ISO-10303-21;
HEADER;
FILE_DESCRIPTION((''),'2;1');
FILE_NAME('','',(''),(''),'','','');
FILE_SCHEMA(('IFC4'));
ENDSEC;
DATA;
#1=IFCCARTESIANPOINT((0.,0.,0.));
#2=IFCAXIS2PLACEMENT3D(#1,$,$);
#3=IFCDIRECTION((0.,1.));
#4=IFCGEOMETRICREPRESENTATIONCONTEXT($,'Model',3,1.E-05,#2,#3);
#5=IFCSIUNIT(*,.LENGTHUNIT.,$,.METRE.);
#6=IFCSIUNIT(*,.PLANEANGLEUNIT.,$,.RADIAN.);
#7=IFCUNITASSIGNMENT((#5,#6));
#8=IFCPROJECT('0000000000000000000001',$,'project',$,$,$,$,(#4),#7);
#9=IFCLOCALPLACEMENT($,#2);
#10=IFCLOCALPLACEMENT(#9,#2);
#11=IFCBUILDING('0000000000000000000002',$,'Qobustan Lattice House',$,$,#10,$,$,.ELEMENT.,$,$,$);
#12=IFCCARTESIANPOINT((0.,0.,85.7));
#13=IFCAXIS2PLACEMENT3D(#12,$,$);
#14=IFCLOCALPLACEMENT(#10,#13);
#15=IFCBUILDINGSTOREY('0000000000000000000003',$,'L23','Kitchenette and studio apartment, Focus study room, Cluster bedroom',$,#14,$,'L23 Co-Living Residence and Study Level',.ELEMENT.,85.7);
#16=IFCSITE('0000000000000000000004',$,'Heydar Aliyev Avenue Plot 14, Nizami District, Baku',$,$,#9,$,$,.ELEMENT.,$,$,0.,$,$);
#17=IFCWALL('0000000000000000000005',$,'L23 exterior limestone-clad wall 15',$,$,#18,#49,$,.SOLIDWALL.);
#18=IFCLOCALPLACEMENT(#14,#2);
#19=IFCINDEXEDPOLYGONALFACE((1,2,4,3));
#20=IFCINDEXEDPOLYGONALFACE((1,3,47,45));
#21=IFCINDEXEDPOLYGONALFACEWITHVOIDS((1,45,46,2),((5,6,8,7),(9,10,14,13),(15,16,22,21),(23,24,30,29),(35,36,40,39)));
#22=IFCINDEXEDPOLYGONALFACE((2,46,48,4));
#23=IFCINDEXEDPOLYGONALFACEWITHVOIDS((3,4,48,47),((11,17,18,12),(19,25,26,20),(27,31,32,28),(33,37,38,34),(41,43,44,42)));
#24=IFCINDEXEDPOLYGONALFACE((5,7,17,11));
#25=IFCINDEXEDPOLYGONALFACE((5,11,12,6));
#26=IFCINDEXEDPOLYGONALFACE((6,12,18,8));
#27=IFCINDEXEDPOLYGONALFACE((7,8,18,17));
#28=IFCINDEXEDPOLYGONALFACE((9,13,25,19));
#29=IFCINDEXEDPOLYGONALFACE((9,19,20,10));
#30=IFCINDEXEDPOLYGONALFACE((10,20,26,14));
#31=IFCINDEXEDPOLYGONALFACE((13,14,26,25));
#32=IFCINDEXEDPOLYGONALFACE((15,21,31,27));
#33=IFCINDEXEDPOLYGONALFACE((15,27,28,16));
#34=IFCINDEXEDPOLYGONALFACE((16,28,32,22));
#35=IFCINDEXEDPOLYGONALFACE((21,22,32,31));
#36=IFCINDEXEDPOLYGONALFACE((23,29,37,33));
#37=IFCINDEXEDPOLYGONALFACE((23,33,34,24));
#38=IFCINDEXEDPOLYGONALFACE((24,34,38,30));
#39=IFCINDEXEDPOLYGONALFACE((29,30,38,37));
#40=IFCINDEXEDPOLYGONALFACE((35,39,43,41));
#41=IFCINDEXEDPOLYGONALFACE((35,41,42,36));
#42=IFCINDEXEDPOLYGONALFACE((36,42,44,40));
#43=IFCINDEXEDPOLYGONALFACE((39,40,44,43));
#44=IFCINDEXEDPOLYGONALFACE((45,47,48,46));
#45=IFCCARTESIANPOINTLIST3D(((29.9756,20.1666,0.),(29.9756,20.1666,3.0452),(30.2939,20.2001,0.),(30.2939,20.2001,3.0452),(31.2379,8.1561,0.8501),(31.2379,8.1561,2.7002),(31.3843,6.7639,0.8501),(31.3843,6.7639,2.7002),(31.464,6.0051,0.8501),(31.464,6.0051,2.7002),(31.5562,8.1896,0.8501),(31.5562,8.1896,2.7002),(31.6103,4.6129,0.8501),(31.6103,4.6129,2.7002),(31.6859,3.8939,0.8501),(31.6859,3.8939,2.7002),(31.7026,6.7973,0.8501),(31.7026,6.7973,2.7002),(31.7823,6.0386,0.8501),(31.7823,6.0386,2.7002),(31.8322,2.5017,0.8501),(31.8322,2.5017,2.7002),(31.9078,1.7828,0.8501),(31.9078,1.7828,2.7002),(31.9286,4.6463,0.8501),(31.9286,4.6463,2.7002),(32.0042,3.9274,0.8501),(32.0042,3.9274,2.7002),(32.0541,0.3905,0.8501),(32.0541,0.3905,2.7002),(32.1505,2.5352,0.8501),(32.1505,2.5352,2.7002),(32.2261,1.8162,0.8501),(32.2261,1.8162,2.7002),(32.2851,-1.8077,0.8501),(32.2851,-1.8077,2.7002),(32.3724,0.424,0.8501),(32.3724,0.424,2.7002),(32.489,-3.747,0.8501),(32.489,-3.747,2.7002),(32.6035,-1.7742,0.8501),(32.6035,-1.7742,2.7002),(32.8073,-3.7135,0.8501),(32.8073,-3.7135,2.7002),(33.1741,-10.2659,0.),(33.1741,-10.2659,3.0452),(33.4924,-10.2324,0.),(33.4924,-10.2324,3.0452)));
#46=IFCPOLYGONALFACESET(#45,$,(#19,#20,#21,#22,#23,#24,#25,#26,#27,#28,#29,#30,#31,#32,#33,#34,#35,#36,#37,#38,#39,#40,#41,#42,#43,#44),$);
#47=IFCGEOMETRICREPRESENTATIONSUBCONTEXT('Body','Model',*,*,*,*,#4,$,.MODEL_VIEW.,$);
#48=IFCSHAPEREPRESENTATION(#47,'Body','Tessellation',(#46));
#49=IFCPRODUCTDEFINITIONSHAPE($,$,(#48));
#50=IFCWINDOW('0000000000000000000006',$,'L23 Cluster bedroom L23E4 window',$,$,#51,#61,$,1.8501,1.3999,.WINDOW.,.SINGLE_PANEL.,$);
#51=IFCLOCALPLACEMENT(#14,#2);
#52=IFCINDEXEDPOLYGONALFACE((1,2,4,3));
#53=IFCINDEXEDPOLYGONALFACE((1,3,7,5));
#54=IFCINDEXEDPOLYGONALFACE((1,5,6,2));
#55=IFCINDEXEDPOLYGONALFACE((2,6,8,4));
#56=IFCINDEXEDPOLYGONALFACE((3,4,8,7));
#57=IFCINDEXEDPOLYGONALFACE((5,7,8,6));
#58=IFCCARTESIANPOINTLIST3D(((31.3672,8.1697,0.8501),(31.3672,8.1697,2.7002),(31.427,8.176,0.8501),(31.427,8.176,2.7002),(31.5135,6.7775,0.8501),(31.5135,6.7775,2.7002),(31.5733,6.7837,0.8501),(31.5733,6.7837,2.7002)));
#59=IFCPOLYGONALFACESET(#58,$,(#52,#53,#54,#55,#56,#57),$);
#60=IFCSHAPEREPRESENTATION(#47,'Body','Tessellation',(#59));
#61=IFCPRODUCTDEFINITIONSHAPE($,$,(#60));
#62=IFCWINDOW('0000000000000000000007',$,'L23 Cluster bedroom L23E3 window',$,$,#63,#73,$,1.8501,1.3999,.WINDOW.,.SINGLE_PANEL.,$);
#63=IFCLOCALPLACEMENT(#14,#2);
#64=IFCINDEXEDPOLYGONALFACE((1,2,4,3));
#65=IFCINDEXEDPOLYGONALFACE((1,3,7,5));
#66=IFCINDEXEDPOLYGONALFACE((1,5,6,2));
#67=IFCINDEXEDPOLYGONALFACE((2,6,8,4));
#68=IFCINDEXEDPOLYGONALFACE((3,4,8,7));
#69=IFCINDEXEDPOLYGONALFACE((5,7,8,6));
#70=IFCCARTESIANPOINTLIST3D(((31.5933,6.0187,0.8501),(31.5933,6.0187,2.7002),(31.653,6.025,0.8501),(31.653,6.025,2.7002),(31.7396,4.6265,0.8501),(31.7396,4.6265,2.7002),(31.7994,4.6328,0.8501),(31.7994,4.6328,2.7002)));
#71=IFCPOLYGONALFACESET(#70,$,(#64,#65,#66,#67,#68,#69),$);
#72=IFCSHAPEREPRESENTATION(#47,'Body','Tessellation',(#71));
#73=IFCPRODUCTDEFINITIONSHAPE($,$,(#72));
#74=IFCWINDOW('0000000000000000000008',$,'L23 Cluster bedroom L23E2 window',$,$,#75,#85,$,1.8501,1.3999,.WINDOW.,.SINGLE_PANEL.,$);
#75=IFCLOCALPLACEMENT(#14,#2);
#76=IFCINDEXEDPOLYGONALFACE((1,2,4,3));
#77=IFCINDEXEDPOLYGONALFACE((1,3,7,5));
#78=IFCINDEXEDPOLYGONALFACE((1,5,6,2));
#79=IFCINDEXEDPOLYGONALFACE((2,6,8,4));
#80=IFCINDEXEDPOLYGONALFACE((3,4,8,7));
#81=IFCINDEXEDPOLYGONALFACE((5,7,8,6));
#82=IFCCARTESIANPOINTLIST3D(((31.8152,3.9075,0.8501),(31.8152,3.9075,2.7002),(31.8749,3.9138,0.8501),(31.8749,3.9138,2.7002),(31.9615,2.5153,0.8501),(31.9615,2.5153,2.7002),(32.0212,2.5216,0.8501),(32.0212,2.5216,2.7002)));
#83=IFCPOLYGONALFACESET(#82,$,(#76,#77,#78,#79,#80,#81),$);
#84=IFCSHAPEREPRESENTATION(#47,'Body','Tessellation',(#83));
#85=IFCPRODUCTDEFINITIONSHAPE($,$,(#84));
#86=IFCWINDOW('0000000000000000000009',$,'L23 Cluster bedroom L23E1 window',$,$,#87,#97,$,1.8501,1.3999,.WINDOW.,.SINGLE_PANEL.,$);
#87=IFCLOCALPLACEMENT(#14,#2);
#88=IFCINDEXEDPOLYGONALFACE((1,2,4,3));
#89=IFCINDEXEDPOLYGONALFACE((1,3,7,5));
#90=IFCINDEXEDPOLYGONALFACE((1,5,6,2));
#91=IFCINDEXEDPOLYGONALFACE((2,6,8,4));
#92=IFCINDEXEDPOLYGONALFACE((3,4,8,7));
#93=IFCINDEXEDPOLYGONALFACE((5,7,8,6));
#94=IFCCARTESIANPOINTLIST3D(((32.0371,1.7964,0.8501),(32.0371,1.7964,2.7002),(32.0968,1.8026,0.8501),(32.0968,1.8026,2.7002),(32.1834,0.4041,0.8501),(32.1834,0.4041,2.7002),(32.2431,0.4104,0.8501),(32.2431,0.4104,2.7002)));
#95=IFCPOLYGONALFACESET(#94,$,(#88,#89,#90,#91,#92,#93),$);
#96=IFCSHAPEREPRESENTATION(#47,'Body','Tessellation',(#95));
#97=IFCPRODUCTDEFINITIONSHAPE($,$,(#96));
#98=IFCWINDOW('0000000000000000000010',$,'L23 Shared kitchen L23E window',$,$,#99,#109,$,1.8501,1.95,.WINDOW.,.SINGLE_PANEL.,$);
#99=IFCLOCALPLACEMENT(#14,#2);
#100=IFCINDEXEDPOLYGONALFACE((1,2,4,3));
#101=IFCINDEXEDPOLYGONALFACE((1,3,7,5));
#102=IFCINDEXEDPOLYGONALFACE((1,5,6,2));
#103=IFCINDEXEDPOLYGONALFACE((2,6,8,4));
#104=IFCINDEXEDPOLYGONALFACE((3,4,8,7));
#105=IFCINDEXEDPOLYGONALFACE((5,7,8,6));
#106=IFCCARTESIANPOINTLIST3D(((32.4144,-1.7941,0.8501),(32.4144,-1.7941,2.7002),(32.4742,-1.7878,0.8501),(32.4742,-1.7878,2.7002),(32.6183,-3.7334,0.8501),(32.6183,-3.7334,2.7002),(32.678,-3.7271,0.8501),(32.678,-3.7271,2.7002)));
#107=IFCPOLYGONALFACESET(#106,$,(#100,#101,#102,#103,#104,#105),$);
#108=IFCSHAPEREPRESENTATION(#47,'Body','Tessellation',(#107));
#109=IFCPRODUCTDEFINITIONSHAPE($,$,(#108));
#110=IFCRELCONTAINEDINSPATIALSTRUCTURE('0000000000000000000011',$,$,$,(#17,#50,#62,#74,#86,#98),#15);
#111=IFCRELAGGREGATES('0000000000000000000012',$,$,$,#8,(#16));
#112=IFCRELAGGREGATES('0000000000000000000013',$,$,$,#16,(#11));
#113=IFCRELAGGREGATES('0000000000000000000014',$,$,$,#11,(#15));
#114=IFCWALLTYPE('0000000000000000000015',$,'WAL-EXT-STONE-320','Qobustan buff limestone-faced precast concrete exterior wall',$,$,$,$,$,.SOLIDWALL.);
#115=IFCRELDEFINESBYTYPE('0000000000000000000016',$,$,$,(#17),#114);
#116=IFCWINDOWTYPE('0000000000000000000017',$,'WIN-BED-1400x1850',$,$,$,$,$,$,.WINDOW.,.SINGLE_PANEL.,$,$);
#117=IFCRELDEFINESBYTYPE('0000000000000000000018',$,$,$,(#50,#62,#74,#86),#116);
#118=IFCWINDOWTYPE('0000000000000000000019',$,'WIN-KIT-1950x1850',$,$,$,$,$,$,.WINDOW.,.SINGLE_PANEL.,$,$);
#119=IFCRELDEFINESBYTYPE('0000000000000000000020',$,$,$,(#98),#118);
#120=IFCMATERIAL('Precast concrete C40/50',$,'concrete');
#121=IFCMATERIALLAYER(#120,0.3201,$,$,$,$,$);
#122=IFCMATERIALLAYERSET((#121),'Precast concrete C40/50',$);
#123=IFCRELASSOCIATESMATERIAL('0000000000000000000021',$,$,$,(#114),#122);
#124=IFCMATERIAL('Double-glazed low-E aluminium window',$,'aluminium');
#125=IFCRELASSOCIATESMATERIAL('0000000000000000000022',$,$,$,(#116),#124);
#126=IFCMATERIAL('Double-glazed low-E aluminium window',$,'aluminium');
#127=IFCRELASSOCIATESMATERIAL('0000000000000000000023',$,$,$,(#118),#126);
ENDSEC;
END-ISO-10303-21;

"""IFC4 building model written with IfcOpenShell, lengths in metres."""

from ifc_helpers import new_model, si_unit, direction, frame, frame_2d, origin, place, context, subcontext, project, spatial, rectangle, extrude, material, layer, layer_set, type_object, element, fill, save


model = new_model("IFC4")

# Units and contexts
model_context = context("Model", 3, precision=1e-05, world=origin(), true_north=direction((0.0, 1.0)))
body_context = subcontext(model_context, "Body", "Model", "MODEL_VIEW")
ifc_project = project(units=[si_unit("LENGTHUNIT", "METRE"), si_unit("PLANEANGLEUNIT", "RADIAN")], contexts=[model_context])

# Site, building, storey
site_placement = place(None, origin())
site = spatial("IfcSite", under=ifc_project, at=site_placement, Name="Heydar Aliyev Avenue Plot 14, Nizami District, Baku", CompositionType="ELEMENT", RefElevation=0.0)
building_placement = place(site_placement, origin())
building = spatial("IfcBuilding", under=site, at=building_placement, Name="Qobustan Lattice House", CompositionType="ELEMENT")
storey_placement = place(building_placement, frame((0.0, 0.0, 85.7)))
storey = spatial("IfcBuildingStorey", under=building, at=storey_placement, Name="L23", Description="Kitchenette and studio apartment, Focus study room, Cluster bedroom", LongName="L23 Co-Living Residence and Study Level", CompositionType="ELEMENT", Elevation=85.7)

# Shared definitions
ifc_material_1 = material(Name="Precast concrete C40/50", Category="concrete")
ifc_layer_1 = layer(ifc_material_1, 0.3201)
ifc_layer_set_1 = layer_set([ifc_layer_1], Name="Precast concrete C40/50")
wall_type = type_object("IfcWallType", Name="WAL-EXT-STONE-320", Description="Qobustan buff limestone-faced precast concrete exterior wall", PredefinedType="SOLIDWALL", material=ifc_layer_set_1)

# Wall, openings, windows
wall_placement = place(storey_placement, frame((30.1348, 20.1833, 0.0), z_axis=(0.0, 0.0, 1.0), x_axis=(0.104526, -0.994522, 0.0)))
wall = element("IfcWall", 1, at=wall_placement, inside=storey, type_object=wall_type, Name="L23 exterior limestone-clad wall 15", PredefinedType="SOLIDWALL", context=body_context, shape_type="SweptSolid", body=[
    extrude(rectangle(XDim=30.6001, YDim=0.3201, at=frame_2d((15.3, 0.0))), origin(), (0.0, 0.0, 1.0), 3.0452),
])
opening_1_placement = place(wall_placement, frame((12.0767, 0.0, 0.8501)))
opening_1 = element("IfcOpeningElement", 2, at=opening_1_placement, cuts=wall, PredefinedType="OPENING", context=body_context, shape_type="SweptSolid", body=[
    extrude(rectangle(XDim=1.3999, YDim=1.8501, at=frame_2d((0.7, 0.925))), frame((0.0, 0.1699, 0.0), z_axis=(0.0, -1.0, 0.0), x_axis=(1.0, 0.0, 0.0)), (0.0, 0.0, 1.0), 0.3401),
])
opening_2_placement = place(wall_placement, frame((14.2395, 0.0, 0.8501)))
opening_2 = element("IfcOpeningElement", 3, at=opening_2_placement, cuts=wall, PredefinedType="OPENING", context=body_context, shape_type="SweptSolid", body=[
    extrude(rectangle(XDim=1.3999, YDim=1.8501, at=frame_2d((0.7, 0.925))), frame((0.0, 0.1699, 0.0), z_axis=(0.0, -1.0, 0.0), x_axis=(1.0, 0.0, 0.0)), (0.0, 0.0, 1.0), 0.3401),
])
opening_3_placement = place(wall_placement, frame((16.3623, 0.0, 0.8501)))
opening_3 = element("IfcOpeningElement", 4, at=opening_3_placement, cuts=wall, PredefinedType="OPENING", context=body_context, shape_type="SweptSolid", body=[
    extrude(rectangle(XDim=1.3999, YDim=1.8501, at=frame_2d((0.7, 0.925))), frame((0.0, 0.1699, 0.0), z_axis=(0.0, -1.0, 0.0), x_axis=(1.0, 0.0, 0.0)), (0.0, 0.0, 1.0), 0.3401),
])
opening_4_placement = place(wall_placement, frame((18.4851, 0.0, 0.8501)))
opening_4 = element("IfcOpeningElement", 5, at=opening_4_placement, cuts=wall, PredefinedType="OPENING", context=body_context, shape_type="SweptSolid", body=[
    extrude(rectangle(XDim=1.3999, YDim=1.8501, at=frame_2d((0.7, 0.925))), frame((0.0, 0.1699, 0.0), z_axis=(0.0, -1.0, 0.0), x_axis=(1.0, 0.0, 0.0)), (0.0, 0.0, 1.0), 0.3401),
])
opening_5_placement = place(wall_placement, frame((22.0952, 0.0, 0.8501)))
opening_5 = element("IfcOpeningElement", 6, at=opening_5_placement, cuts=wall, PredefinedType="OPENING", context=body_context, shape_type="SweptSolid", body=[
    extrude(rectangle(XDim=1.95, YDim=1.8501, at=frame_2d((0.9751, 0.925))), frame((0.0, 0.1699, 0.0), z_axis=(0.0, -1.0, 0.0), x_axis=(1.0, 0.0, 0.0)), (0.0, 0.0, 1.0), 0.3401),
])
ifc_material_2 = material(Name="Double-glazed low-E aluminium window", Category="aluminium")
window_type_1 = type_object("IfcWindowType", Name="WIN-BED-1400x1850", PartitioningType="SINGLE_PANEL", PredefinedType="WINDOW", material=ifc_material_2)
window_1_placement = place(opening_1_placement, origin())
window_1 = element("IfcWindow", 7, at=window_1_placement, inside=storey, type_object=window_type_1, Name="L23 Cluster bedroom L23E4 window", OverallHeight=1.8501, OverallWidth=1.3999, PartitioningType="SINGLE_PANEL", PredefinedType="WINDOW", context=body_context, shape_type="SweptSolid", body=[
    extrude(rectangle(XDim=1.3999, YDim=1.8501, at=frame_2d((0.7, 0.925))), frame((0.0, 0.03, 0.0), z_axis=(0.0, -1.0, 0.0), x_axis=(1.0, 0.0, 0.0)), (0.0, 0.0, 1.0), 0.0601),
])
fill(opening_1, window_1)
window_2_placement = place(opening_2_placement, origin())
window_2 = element("IfcWindow", 8, at=window_2_placement, inside=storey, type_object=window_type_1, Name="L23 Cluster bedroom L23E3 window", OverallHeight=1.8501, OverallWidth=1.3999, PartitioningType="SINGLE_PANEL", PredefinedType="WINDOW", context=body_context, shape_type="SweptSolid", body=[
    extrude(rectangle(XDim=1.3999, YDim=1.8501, at=frame_2d((0.7, 0.925))), frame((0.0, 0.03, 0.0), z_axis=(0.0, -1.0, 0.0), x_axis=(1.0, 0.0, 0.0)), (0.0, 0.0, 1.0), 0.0601),
])
fill(opening_2, window_2)
window_3_placement = place(opening_3_placement, origin())
window_3 = element("IfcWindow", 9, at=window_3_placement, inside=storey, type_object=window_type_1, Name="L23 Cluster bedroom L23E2 window", OverallHeight=1.8501, OverallWidth=1.3999, PartitioningType="SINGLE_PANEL", PredefinedType="WINDOW", context=body_context, shape_type="SweptSolid", body=[
    extrude(rectangle(XDim=1.3999, YDim=1.8501, at=frame_2d((0.7, 0.925))), frame((0.0, 0.03, 0.0), z_axis=(0.0, -1.0, 0.0), x_axis=(1.0, 0.0, 0.0)), (0.0, 0.0, 1.0), 0.0601),
])
fill(opening_3, window_3)
window_4_placement = place(opening_4_placement, origin())
window_4 = element("IfcWindow", 10, at=window_4_placement, inside=storey, type_object=window_type_1, Name="L23 Cluster bedroom L23E1 window", OverallHeight=1.8501, OverallWidth=1.3999, PartitioningType="SINGLE_PANEL", PredefinedType="WINDOW", context=body_context, shape_type="SweptSolid", body=[
    extrude(rectangle(XDim=1.3999, YDim=1.8501, at=frame_2d((0.7, 0.925))), frame((0.0, 0.03, 0.0), z_axis=(0.0, -1.0, 0.0), x_axis=(1.0, 0.0, 0.0)), (0.0, 0.0, 1.0), 0.0601),
])
fill(opening_4, window_4)
ifc_material_3 = material(Name="Double-glazed low-E aluminium window", Category="aluminium")
window_type_2 = type_object("IfcWindowType", Name="WIN-KIT-1950x1850", PartitioningType="SINGLE_PANEL", PredefinedType="WINDOW", material=ifc_material_3)
window_5_placement = place(opening_5_placement, origin())
window_5 = element("IfcWindow", 11, at=window_5_placement, inside=storey, type_object=window_type_2, Name="L23 Shared kitchen L23E window", OverallHeight=1.8501, OverallWidth=1.95, PartitioningType="SINGLE_PANEL", PredefinedType="WINDOW", context=body_context, shape_type="SweptSolid", body=[
    extrude(rectangle(XDim=1.95, YDim=1.8501, at=frame_2d((0.9751, 0.925))), frame((0.0, 0.03, 0.0), z_axis=(0.0, -1.0, 0.0), x_axis=(1.0, 0.0, 0.0)), (0.0, 0.0, 1.0), 0.0601),
])
fill(opening_5, window_5)

save(model, "model.ifc")
